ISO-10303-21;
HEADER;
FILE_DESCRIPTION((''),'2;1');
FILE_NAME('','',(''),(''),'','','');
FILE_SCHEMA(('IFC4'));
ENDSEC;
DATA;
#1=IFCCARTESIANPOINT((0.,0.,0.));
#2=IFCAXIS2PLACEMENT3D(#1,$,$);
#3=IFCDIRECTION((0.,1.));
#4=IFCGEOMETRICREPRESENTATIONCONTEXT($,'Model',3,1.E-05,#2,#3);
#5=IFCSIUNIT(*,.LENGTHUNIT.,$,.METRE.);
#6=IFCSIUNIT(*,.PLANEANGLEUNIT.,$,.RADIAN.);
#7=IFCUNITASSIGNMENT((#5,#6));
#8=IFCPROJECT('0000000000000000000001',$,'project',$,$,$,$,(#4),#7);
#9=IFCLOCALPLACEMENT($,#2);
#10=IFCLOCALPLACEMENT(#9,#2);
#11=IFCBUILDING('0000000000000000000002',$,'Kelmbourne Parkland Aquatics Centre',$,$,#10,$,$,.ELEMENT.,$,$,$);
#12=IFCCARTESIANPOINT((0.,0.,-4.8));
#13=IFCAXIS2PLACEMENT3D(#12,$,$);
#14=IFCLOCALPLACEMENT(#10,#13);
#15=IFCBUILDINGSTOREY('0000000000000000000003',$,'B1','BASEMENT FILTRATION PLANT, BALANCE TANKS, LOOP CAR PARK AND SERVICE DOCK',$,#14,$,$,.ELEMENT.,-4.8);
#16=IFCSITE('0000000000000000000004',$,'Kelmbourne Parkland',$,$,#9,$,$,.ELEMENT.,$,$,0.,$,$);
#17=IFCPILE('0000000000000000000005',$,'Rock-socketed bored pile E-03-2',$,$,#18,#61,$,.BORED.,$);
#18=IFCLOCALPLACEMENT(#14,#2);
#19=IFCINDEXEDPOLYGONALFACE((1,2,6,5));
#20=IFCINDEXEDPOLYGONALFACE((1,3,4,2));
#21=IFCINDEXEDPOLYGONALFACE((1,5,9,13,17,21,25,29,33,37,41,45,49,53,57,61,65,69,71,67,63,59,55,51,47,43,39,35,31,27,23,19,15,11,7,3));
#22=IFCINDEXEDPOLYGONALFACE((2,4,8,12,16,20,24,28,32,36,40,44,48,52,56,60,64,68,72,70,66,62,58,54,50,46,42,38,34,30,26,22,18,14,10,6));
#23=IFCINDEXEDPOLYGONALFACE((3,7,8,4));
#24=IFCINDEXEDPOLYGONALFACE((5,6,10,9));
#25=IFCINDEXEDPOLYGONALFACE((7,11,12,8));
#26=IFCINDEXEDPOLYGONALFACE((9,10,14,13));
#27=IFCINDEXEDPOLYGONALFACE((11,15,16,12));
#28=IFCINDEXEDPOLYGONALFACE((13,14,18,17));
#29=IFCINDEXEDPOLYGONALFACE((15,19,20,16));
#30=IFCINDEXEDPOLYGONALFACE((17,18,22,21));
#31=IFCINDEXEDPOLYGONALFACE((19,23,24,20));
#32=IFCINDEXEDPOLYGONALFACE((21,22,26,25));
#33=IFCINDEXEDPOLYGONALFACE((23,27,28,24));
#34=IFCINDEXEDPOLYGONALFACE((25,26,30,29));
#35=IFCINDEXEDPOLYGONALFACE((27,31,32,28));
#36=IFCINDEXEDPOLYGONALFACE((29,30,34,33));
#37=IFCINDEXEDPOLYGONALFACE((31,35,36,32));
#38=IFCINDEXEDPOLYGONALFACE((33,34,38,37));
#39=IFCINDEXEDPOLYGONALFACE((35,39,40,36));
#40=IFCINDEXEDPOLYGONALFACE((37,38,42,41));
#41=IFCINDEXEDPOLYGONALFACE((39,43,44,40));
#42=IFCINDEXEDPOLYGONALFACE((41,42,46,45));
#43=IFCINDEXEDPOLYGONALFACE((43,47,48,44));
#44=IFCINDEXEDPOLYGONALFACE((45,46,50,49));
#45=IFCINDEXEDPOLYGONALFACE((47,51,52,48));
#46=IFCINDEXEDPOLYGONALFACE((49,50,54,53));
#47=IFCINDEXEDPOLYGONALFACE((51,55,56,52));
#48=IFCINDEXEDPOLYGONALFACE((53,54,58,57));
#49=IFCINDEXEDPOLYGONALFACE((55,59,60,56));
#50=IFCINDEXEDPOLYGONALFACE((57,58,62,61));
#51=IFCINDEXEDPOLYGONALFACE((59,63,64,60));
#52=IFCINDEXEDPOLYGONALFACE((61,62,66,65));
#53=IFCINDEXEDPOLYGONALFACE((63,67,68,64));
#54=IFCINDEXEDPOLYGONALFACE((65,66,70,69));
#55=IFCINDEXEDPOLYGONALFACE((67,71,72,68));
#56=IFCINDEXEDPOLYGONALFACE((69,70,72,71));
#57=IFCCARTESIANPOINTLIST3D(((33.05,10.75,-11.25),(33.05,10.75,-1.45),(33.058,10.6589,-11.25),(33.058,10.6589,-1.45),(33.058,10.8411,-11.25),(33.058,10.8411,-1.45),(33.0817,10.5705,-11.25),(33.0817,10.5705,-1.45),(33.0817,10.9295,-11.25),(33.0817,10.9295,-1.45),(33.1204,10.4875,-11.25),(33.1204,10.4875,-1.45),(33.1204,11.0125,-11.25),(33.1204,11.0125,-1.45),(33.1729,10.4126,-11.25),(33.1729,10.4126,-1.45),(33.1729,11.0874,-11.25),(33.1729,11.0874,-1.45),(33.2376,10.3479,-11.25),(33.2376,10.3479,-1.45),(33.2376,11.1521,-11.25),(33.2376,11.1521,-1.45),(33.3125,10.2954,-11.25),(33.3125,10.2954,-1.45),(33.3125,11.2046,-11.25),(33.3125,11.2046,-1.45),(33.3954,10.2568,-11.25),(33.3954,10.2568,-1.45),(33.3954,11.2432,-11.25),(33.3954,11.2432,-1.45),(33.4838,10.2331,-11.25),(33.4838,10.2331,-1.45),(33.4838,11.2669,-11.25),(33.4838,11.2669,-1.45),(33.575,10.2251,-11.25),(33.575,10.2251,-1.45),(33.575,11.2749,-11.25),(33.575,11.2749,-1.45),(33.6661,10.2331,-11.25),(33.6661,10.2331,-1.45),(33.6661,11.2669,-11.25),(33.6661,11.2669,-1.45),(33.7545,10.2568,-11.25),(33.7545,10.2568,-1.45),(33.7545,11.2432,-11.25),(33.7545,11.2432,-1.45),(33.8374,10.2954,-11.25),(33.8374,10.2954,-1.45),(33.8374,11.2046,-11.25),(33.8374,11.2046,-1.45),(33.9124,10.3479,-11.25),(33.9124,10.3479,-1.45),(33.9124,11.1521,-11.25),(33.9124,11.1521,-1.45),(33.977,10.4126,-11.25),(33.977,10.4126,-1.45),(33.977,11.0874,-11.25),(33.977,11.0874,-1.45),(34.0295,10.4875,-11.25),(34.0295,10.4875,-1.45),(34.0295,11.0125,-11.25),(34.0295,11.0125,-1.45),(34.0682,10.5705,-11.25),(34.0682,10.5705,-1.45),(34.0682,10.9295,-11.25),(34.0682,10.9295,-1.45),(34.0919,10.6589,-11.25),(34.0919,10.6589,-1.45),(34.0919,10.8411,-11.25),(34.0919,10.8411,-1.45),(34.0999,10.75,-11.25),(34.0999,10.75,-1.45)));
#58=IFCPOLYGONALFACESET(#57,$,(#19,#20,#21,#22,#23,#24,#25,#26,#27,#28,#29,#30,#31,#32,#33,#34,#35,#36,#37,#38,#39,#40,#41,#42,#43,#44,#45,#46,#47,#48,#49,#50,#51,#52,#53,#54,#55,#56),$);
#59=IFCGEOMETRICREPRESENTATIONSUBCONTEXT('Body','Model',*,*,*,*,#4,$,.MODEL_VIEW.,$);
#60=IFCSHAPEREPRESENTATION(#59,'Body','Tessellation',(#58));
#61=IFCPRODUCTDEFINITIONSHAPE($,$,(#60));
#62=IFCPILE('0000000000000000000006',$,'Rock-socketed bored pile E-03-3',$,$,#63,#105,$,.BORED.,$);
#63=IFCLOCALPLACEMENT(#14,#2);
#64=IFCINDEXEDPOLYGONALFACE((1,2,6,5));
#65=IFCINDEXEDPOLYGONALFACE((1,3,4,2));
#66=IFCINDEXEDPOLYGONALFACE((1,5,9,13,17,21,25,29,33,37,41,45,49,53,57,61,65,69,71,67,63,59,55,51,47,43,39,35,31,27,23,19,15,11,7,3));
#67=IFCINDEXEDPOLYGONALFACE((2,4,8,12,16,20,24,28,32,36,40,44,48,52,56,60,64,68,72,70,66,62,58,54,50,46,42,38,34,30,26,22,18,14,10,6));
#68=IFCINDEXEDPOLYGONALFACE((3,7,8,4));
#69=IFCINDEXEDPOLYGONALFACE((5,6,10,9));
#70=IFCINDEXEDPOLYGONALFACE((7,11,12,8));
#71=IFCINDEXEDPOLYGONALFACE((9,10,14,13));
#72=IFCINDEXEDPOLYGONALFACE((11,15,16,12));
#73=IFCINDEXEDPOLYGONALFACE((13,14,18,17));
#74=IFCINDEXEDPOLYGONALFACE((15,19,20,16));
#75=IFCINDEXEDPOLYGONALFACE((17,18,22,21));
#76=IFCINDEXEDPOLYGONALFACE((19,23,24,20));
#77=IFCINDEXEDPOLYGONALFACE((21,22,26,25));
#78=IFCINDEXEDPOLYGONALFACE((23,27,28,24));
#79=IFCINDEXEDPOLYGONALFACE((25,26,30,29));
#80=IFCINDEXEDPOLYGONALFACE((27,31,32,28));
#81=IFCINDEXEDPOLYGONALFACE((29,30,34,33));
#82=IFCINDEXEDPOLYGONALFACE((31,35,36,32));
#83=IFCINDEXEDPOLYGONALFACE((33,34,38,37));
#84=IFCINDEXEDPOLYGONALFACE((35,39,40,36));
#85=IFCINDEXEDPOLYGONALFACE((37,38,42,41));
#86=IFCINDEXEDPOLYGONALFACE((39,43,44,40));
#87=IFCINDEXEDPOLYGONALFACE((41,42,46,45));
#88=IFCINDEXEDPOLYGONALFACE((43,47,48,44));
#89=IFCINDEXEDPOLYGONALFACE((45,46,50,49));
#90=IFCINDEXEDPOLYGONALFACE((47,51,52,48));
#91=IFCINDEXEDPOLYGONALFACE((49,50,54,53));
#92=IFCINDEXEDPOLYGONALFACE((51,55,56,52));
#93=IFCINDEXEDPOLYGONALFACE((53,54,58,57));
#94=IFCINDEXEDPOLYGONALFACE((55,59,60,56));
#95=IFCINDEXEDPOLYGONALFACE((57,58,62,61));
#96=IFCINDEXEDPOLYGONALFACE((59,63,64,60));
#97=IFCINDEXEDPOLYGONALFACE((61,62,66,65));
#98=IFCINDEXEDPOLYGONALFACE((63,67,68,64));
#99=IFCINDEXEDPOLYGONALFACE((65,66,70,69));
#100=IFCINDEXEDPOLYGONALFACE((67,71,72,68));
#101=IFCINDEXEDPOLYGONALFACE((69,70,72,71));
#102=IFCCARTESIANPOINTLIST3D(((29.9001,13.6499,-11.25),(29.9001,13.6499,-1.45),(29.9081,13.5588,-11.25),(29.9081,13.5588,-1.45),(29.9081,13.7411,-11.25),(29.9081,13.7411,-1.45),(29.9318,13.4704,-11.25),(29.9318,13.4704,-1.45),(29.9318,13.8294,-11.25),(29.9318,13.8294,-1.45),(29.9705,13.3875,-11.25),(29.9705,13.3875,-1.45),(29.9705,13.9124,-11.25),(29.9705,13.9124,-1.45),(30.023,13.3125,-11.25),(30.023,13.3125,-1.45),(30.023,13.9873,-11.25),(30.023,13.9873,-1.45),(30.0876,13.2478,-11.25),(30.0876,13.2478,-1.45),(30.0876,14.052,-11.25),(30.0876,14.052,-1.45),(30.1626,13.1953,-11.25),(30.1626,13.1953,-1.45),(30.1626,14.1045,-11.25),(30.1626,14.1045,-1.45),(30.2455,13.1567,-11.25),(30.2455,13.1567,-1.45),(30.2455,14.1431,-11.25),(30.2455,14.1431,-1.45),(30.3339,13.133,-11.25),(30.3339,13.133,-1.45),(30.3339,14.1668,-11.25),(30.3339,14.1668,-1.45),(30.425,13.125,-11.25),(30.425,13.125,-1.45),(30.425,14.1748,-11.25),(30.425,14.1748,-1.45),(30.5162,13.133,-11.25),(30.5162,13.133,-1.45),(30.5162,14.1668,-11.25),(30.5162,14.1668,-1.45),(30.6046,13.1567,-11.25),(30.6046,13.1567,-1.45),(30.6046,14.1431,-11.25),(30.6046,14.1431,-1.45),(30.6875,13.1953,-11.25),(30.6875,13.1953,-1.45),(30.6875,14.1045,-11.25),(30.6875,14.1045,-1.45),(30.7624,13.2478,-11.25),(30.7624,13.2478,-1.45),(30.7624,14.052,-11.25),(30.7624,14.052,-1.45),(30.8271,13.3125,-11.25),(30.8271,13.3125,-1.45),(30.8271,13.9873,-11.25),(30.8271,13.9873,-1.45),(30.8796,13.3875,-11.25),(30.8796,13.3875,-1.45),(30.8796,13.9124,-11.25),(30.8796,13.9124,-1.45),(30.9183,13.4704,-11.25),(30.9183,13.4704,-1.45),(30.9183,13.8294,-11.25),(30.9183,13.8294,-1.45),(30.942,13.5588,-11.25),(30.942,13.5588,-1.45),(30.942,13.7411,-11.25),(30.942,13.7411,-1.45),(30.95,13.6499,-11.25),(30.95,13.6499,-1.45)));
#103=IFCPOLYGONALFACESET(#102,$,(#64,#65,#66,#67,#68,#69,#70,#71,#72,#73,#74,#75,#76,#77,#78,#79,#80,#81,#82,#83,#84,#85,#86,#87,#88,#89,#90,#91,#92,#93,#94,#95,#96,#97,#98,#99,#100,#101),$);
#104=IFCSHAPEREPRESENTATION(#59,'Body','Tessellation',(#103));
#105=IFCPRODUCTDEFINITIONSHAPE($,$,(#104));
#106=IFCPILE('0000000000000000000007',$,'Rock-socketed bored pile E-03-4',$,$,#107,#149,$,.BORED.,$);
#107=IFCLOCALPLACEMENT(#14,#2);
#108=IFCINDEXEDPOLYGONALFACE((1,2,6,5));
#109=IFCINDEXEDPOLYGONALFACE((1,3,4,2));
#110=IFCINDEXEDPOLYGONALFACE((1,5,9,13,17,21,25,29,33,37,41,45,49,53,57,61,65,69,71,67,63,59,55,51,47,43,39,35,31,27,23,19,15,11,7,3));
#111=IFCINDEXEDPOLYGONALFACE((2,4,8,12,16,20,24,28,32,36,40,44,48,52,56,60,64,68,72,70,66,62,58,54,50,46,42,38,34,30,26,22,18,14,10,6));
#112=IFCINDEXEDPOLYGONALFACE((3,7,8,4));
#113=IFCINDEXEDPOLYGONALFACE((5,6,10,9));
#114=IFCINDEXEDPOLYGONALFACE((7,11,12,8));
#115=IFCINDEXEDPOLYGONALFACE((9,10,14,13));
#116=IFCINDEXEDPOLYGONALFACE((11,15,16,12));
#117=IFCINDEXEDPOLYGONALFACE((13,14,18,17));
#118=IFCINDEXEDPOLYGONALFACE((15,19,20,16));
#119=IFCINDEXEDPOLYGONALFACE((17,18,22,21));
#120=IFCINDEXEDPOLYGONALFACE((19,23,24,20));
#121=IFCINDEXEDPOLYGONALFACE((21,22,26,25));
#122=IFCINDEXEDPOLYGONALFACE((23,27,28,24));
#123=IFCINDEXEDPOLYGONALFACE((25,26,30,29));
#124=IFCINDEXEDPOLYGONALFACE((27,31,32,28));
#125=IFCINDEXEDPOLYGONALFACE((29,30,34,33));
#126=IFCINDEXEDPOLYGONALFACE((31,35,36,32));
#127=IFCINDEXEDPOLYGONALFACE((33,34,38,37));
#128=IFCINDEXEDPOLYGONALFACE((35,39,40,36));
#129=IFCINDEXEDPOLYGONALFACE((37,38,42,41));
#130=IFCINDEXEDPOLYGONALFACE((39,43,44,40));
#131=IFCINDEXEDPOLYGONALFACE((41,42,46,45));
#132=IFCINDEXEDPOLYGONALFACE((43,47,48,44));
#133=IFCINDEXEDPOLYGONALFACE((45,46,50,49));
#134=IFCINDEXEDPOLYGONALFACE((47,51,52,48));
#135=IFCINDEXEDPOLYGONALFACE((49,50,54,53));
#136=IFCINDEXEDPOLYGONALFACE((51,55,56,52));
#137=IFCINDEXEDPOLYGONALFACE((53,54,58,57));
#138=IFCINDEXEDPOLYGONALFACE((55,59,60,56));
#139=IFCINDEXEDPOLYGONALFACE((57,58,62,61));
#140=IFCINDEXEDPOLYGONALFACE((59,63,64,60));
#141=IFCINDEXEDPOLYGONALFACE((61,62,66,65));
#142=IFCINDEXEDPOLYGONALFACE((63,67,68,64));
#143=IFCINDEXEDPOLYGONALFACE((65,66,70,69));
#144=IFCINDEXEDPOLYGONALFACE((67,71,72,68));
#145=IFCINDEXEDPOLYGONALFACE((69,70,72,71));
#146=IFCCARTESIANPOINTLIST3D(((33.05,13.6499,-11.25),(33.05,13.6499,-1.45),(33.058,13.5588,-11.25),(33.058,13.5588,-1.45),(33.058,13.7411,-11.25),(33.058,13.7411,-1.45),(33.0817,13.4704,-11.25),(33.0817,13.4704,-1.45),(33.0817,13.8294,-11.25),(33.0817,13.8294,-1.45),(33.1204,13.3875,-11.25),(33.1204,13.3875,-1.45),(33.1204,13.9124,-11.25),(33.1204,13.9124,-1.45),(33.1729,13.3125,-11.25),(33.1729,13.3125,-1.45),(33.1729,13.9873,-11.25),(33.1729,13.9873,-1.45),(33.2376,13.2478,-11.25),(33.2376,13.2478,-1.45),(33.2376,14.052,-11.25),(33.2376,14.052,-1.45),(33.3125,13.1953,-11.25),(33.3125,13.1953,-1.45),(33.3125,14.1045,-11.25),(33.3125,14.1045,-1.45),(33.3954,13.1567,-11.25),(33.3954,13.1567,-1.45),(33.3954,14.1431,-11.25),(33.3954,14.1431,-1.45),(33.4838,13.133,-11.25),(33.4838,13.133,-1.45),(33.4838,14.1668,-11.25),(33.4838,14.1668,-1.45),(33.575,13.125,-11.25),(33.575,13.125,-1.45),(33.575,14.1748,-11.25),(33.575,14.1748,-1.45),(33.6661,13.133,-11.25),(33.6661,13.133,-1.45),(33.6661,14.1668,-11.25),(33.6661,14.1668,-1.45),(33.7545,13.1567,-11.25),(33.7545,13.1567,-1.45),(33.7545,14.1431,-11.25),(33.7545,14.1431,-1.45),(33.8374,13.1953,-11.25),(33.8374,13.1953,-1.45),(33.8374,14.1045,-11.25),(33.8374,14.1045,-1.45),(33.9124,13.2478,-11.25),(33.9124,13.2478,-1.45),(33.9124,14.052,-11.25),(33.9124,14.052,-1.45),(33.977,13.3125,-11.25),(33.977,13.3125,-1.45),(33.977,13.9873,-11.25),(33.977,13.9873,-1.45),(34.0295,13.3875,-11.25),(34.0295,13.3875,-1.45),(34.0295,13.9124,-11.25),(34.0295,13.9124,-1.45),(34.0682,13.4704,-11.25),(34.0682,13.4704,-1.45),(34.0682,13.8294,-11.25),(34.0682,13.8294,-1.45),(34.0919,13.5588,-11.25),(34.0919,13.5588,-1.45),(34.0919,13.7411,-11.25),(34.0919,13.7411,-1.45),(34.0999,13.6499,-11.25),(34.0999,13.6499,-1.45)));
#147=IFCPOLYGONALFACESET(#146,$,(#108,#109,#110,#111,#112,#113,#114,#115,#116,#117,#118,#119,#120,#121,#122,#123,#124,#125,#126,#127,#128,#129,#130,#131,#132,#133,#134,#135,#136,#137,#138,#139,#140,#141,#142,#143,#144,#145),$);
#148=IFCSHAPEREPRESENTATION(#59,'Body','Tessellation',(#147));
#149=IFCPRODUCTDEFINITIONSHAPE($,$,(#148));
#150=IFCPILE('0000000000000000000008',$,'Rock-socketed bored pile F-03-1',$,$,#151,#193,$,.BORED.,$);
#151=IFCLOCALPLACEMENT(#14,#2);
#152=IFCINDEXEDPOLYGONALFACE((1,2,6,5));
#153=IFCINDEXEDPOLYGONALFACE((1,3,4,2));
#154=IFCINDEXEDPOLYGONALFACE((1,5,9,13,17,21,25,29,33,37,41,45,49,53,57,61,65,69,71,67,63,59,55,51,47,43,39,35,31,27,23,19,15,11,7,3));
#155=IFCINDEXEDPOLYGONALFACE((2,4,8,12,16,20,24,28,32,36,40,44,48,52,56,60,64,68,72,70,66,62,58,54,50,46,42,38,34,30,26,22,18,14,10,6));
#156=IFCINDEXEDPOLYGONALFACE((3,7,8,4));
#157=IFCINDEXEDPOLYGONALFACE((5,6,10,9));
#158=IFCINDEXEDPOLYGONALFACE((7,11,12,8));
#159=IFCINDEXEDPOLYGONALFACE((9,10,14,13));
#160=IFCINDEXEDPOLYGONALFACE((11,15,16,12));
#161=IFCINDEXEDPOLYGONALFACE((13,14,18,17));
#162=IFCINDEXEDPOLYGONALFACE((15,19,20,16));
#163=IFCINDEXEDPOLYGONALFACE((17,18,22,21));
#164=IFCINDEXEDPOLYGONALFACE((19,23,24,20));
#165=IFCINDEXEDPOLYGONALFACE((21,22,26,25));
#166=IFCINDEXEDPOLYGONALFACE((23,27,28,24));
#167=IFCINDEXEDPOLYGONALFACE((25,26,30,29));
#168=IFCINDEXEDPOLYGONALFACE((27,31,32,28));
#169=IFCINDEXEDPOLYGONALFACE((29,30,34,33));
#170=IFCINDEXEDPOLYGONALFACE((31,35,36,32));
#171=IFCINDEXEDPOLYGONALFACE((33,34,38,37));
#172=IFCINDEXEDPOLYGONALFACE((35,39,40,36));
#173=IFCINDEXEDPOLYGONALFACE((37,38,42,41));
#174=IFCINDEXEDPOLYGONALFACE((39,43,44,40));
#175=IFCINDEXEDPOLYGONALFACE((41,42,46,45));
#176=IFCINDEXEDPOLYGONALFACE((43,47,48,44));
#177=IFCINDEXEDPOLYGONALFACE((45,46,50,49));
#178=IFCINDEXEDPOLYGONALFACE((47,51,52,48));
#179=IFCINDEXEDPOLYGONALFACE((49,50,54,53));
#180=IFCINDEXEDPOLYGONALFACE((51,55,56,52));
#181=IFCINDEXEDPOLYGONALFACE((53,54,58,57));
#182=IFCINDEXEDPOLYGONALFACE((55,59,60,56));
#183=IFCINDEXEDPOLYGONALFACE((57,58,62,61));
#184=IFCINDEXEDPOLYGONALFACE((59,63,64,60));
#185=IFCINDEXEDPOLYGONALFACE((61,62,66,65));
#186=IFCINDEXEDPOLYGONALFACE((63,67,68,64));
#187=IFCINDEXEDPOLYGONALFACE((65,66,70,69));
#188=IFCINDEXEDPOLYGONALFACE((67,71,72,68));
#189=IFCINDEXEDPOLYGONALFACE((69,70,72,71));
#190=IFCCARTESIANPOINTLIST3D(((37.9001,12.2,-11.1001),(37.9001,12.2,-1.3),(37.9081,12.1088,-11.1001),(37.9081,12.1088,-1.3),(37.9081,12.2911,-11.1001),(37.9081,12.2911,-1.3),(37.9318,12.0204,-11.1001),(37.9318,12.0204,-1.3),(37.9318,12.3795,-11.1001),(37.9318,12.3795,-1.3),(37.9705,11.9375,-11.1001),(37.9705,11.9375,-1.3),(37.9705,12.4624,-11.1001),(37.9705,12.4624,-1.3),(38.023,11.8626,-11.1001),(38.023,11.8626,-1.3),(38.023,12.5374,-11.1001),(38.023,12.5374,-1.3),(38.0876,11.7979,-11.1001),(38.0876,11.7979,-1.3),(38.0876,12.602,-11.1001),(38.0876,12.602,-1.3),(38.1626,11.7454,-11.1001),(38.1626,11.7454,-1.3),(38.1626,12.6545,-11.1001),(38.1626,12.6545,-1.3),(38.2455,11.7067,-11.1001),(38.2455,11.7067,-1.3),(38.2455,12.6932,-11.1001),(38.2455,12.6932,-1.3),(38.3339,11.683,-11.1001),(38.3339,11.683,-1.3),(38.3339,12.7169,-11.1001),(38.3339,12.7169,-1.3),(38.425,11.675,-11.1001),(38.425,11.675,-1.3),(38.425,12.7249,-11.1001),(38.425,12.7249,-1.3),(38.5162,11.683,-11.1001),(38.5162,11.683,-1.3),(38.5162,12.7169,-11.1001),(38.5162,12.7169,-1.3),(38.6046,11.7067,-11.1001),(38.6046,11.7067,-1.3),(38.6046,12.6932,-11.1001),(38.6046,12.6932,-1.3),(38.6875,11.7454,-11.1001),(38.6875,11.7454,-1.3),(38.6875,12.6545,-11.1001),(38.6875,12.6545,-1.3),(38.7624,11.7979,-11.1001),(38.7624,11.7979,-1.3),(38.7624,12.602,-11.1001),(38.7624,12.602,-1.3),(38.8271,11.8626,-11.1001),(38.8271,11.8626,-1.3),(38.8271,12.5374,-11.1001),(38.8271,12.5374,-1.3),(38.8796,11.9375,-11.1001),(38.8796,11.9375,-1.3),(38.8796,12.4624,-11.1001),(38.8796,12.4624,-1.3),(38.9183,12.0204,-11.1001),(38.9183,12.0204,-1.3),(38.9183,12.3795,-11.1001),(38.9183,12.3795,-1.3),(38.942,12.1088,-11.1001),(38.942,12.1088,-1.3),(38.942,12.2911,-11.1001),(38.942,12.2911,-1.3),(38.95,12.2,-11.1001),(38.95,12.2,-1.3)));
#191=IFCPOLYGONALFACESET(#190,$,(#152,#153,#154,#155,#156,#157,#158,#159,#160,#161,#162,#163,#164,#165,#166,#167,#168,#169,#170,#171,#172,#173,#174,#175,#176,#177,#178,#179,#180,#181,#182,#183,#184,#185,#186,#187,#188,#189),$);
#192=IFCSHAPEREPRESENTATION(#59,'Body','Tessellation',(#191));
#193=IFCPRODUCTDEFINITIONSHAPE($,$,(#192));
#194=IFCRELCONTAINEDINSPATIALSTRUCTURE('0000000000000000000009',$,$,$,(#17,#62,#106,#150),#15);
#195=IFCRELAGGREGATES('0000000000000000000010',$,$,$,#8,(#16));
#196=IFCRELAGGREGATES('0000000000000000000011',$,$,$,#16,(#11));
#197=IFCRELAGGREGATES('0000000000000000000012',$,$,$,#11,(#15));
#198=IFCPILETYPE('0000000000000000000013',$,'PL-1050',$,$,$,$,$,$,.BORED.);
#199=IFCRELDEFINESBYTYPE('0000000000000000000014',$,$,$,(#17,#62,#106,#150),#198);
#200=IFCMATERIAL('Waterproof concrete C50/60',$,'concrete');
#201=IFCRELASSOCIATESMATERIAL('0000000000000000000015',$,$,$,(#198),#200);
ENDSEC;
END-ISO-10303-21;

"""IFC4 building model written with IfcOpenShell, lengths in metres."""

from ifc_helpers import new_model, si_unit, direction, frame, origin, origin_2d, place, context, subcontext, project, spatial, circle, extrude, material, material_profile, profile_set, type_object, element, save


model = new_model("IFC4")

# Units and contexts
model_context = context("Model", 3, precision=1e-05, world=origin(), true_north=direction((0.0, 1.0)))
body_context = subcontext(model_context, "Body", "Model", "MODEL_VIEW")
ifc_project = project(units=[si_unit("LENGTHUNIT", "METRE"), si_unit("PLANEANGLEUNIT", "RADIAN")], contexts=[model_context])

# Site, building, storey
site_placement = place(None, origin())
site = spatial("IfcSite", under=ifc_project, at=site_placement, Name="Kelmbourne Parkland", CompositionType="ELEMENT", RefElevation=0.0)
building_placement = place(site_placement, origin())
building = spatial("IfcBuilding", under=site, at=building_placement, Name="Kelmbourne Parkland Aquatics Centre", CompositionType="ELEMENT")
storey_placement = place(building_placement, frame((0.0, 0.0, -4.8)))
storey = spatial("IfcBuildingStorey", under=building, at=storey_placement, Name="B1", Description="BASEMENT FILTRATION PLANT, BALANCE TANKS, LOOP CAR PARK AND SERVICE DOCK", CompositionType="ELEMENT", Elevation=-4.8)

# Shared definitions
ifc_material_1 = material(Name="Waterproof concrete C50/60", Category="concrete")

# Piles
ifc_material_profile_1 = material_profile(ifc_material_1, circle(Radius=0.5249, at=origin_2d()), Name="PILE D1050")
ifc_profile_set_1 = profile_set([ifc_material_profile_1], Name="Waterproof concrete C50/60")
pile_type_1 = type_object("IfcPileType", Name="PL-1050", PredefinedType="BORED", material=ifc_profile_set_1)
for number, where, z_axis, x_axis, name in (
    (1, (33.575, 10.75, -1.45), (0.0, 0.0, -1.0), (1.0, 0.0, 0.0), "Rock-socketed bored pile E-03-2"),
    (2, (30.425, 13.6499, -1.45), (0.0, 0.0, -1.0), (1.0, 0.0, 0.0), "Rock-socketed bored pile E-03-3"),
    (3, (33.575, 13.6499, -1.45), (0.0, 0.0, -1.0), (1.0, 0.0, 0.0), "Rock-socketed bored pile E-03-4"),
    (4, (38.425, 12.2, -1.3), (0.0, 0.0, -1.0), (1.0, 0.0, 0.0), "Rock-socketed bored pile F-03-1"),
):
    element("IfcPile", number, at=place(storey_placement, frame(where, z_axis=z_axis, x_axis=x_axis)), inside=storey, type_object=pile_type_1, Name=name, PredefinedType="BORED", context=body_context, shape_type="SweptSolid", body=[
        extrude(circle(Radius=0.5249, at=origin_2d()), origin(), (0.0, 0.0, 1.0), 9.8),
    ])

save(model, "model.ifc")
